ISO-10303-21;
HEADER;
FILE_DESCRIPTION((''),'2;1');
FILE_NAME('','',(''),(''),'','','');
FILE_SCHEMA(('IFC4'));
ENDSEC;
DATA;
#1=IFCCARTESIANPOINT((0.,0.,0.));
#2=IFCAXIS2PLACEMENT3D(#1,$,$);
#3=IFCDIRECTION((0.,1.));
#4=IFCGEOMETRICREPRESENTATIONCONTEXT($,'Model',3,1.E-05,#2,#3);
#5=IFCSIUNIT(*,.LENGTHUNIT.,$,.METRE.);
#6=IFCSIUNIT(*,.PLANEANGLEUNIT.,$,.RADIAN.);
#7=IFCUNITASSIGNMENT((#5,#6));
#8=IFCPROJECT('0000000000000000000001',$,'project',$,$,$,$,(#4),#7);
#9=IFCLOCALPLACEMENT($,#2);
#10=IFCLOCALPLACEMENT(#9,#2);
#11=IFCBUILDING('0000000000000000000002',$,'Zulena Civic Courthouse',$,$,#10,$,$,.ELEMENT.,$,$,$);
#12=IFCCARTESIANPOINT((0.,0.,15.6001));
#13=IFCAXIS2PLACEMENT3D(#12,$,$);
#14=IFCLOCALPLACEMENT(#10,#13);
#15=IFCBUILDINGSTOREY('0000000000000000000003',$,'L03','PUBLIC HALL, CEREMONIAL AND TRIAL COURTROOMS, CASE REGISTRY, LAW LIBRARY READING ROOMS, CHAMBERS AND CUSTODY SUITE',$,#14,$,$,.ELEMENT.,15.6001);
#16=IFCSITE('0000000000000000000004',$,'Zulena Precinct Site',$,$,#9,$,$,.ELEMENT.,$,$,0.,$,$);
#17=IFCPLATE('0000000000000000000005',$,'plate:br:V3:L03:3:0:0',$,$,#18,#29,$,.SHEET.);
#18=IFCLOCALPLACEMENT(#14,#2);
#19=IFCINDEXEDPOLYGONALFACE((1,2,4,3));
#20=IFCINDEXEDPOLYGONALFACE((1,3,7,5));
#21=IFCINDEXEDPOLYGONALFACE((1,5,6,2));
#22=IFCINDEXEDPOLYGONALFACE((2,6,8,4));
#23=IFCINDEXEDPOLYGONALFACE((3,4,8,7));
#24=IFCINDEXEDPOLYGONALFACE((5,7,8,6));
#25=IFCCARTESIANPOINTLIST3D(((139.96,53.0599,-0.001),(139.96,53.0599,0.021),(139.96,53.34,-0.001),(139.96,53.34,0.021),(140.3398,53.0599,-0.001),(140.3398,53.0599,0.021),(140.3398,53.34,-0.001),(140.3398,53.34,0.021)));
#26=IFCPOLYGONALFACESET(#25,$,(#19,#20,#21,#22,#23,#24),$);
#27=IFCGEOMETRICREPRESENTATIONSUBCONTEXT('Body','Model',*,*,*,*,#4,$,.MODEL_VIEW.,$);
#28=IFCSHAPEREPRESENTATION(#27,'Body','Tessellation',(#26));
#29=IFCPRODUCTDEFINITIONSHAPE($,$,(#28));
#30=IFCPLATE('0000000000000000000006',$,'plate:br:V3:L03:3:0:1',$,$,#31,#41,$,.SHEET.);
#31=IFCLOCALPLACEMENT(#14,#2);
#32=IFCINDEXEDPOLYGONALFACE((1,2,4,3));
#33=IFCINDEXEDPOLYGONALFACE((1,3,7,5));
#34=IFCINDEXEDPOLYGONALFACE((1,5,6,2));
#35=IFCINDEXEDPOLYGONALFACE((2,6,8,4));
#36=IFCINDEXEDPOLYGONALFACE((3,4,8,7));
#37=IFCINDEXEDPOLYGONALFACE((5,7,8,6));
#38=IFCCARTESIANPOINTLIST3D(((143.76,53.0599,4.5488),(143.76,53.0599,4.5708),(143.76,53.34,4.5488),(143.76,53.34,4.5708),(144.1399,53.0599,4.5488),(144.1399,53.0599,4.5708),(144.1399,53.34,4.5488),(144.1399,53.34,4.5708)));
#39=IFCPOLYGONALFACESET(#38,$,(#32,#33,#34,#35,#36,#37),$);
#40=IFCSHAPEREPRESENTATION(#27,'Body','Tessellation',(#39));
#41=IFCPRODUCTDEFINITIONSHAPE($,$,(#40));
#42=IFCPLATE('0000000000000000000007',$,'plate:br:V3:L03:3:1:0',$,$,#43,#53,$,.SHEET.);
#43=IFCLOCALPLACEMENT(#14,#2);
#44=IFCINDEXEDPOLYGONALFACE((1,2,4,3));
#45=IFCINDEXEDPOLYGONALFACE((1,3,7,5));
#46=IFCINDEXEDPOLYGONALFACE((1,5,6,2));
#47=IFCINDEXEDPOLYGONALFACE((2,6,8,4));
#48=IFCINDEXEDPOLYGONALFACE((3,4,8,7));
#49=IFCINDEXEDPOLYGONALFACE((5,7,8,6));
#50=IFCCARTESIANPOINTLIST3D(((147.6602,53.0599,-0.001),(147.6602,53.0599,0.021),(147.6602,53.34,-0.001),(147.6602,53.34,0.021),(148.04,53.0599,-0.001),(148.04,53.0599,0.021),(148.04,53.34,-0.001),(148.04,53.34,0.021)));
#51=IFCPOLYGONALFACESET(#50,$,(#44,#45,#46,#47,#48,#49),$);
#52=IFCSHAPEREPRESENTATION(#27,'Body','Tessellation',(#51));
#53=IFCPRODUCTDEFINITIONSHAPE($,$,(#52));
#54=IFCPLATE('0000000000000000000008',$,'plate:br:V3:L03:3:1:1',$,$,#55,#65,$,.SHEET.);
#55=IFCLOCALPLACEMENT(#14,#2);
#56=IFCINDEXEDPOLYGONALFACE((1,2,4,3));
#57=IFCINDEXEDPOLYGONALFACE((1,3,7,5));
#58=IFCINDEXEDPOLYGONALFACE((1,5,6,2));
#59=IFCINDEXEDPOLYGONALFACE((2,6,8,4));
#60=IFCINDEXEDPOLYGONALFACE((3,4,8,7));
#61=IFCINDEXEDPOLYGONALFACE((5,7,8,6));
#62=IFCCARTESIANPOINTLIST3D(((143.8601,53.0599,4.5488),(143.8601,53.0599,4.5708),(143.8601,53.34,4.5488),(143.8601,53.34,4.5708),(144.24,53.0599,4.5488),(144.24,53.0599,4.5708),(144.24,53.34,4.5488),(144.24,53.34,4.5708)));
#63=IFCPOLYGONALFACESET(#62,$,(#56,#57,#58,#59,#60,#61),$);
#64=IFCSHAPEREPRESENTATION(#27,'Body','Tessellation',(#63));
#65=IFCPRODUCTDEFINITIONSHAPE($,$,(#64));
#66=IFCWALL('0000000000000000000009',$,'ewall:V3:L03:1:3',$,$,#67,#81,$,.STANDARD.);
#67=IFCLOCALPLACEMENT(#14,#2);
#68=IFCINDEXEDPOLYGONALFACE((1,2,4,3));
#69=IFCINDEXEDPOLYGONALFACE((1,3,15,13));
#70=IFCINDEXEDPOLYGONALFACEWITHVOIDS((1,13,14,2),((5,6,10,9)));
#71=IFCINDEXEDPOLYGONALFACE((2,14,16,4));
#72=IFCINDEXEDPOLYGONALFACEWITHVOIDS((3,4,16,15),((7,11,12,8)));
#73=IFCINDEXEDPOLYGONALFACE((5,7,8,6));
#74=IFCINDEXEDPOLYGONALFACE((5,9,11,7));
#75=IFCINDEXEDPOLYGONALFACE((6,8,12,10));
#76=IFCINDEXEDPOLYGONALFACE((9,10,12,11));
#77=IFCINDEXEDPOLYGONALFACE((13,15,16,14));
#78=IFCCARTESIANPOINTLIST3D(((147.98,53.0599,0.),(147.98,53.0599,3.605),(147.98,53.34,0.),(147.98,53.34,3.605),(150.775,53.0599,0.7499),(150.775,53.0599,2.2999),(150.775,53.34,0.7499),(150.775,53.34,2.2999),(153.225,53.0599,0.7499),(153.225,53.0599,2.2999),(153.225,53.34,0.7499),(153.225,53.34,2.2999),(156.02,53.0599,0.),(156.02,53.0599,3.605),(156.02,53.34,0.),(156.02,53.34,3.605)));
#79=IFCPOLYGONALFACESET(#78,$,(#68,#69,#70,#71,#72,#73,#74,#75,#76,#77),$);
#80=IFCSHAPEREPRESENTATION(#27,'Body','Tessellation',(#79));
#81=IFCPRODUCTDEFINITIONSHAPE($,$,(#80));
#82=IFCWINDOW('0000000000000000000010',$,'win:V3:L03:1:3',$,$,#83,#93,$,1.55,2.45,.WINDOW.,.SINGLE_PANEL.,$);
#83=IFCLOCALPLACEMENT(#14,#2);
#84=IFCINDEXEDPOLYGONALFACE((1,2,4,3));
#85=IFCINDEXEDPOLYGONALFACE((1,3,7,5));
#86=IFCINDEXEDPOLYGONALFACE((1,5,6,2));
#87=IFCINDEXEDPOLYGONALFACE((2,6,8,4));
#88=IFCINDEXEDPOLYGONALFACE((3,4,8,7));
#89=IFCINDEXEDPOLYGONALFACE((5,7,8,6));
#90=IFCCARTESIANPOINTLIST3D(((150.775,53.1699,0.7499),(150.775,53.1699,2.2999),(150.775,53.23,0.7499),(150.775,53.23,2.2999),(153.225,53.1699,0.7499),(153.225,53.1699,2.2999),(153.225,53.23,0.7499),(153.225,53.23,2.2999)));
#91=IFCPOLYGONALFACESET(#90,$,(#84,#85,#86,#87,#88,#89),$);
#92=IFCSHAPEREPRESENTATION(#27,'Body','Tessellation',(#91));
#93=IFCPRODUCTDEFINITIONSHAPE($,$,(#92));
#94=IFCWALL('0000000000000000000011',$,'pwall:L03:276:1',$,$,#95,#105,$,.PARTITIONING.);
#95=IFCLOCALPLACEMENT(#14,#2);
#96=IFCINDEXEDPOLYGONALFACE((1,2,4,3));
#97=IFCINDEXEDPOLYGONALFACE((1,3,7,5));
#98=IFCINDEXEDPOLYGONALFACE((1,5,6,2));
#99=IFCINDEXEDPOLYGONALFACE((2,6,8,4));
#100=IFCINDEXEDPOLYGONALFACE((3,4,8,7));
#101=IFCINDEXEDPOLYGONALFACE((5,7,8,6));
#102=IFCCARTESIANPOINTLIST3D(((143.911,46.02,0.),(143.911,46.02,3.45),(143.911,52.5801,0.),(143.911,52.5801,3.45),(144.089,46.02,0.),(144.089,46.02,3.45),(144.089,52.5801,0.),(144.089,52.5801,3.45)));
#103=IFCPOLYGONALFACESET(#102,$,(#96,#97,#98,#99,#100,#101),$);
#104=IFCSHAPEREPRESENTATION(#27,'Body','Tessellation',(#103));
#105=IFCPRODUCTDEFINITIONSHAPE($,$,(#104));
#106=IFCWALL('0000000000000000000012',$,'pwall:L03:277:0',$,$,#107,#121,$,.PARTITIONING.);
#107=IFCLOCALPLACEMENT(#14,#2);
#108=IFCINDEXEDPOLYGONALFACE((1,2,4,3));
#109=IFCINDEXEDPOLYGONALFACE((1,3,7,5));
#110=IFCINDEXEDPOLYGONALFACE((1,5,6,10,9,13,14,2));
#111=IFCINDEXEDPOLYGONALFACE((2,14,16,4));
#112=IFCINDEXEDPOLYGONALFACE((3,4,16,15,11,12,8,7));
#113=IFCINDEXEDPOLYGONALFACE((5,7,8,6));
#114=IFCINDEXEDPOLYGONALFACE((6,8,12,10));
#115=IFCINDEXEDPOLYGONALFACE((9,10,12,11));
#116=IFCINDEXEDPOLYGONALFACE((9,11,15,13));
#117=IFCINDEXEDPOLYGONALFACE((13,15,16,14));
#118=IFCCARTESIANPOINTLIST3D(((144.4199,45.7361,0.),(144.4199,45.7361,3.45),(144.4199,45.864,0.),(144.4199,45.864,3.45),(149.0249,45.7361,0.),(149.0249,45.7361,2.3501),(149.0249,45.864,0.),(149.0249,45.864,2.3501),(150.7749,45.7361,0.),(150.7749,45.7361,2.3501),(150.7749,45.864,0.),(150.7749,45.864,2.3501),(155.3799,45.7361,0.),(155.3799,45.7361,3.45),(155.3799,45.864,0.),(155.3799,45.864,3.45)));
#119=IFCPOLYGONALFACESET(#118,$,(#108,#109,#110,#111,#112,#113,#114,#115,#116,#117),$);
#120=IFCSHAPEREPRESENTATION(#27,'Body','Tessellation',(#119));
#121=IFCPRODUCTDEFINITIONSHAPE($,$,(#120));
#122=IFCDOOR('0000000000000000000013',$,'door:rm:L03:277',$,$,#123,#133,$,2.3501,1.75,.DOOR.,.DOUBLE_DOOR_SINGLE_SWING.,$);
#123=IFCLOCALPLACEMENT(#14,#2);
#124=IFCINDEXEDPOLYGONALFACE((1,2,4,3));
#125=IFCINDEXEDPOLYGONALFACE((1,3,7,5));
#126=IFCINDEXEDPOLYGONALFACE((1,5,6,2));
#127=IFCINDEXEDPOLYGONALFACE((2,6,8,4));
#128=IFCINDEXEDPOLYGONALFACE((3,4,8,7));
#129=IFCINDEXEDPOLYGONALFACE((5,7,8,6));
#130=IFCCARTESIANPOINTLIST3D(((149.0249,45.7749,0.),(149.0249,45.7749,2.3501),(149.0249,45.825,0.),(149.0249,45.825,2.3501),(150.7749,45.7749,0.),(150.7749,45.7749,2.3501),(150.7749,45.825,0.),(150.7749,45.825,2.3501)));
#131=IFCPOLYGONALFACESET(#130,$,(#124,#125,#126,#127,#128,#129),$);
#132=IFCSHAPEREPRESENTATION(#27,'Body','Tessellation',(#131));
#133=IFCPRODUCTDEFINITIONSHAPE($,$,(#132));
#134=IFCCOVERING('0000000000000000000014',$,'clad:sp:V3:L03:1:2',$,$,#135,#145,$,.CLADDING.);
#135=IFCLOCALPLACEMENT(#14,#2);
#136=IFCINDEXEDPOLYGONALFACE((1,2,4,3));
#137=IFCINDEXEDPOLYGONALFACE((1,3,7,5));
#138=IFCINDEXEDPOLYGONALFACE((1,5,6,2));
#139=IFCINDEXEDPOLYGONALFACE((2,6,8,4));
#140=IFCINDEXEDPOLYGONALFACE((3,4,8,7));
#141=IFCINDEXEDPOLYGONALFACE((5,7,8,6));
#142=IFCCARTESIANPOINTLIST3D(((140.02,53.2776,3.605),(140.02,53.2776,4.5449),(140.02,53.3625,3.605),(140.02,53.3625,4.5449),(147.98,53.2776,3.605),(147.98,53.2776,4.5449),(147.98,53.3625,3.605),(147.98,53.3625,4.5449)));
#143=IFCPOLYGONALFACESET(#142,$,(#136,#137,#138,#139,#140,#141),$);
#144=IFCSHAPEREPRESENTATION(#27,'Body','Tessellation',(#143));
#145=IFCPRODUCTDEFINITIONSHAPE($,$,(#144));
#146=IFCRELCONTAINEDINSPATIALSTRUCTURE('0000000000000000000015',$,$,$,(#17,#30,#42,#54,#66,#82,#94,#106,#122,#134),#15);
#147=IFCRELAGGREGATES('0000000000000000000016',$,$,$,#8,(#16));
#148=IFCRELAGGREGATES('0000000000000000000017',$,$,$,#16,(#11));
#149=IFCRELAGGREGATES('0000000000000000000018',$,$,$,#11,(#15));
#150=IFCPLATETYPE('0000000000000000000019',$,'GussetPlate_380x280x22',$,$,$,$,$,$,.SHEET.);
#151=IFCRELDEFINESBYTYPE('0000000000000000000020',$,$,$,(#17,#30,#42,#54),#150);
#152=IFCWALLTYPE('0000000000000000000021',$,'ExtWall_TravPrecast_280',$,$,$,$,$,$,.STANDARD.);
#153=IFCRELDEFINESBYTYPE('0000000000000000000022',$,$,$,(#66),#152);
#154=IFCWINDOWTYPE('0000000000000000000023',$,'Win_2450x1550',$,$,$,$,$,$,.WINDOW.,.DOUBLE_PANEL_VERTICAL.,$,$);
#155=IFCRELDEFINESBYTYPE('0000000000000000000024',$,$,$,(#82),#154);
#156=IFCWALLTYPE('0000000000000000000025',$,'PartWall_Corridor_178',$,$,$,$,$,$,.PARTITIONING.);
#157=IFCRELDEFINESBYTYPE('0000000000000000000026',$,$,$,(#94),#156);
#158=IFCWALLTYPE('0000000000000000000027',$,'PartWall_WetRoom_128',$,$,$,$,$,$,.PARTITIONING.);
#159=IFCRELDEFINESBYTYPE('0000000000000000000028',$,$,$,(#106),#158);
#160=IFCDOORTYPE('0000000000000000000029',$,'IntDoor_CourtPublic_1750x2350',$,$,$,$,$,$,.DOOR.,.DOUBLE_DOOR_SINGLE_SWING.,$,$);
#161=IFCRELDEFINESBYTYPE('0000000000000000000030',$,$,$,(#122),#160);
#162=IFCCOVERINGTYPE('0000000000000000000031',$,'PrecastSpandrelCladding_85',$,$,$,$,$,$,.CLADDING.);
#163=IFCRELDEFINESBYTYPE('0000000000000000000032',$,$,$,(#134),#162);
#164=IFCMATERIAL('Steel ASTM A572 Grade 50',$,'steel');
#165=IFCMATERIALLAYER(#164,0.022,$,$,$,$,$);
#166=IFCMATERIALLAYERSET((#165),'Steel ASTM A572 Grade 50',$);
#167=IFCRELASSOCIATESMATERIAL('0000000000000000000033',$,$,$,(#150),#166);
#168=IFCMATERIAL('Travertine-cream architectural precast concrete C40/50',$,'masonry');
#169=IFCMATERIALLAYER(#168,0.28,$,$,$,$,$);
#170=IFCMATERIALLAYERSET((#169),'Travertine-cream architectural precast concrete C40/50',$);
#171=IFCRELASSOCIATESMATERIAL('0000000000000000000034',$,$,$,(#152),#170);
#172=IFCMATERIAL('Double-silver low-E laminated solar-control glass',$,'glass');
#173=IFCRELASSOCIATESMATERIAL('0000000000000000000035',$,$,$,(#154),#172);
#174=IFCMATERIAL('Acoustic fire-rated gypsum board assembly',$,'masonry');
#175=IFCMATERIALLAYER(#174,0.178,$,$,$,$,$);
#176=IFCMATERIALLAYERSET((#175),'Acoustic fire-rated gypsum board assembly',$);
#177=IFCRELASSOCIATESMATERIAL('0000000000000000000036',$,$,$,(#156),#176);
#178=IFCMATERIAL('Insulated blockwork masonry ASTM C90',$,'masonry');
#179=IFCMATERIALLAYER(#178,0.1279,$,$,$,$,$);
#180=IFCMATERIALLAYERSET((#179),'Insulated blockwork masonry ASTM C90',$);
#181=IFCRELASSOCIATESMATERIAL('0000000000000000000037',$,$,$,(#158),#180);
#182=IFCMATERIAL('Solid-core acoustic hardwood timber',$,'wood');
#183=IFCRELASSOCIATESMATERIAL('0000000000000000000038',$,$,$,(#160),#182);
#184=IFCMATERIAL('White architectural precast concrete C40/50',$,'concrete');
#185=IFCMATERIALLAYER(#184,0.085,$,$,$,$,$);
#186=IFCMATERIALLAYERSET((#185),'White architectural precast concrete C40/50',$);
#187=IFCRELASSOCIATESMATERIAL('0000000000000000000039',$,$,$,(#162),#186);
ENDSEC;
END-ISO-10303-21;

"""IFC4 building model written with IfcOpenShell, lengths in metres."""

from ifc_helpers import new_model, si_unit, direction, frame, frame_2d, origin, origin_2d, place, context, subcontext, project, spatial, rectangle, extrude, material, layer, layer_set, type_object, element, fill, save


model = new_model("IFC4")

# Units and contexts
model_context = context("Model", 3, precision=1e-05, world=origin(), true_north=direction((0.0, 1.0)))
body_context = subcontext(model_context, "Body", "Model", "MODEL_VIEW")
ifc_project = project(units=[si_unit("LENGTHUNIT", "METRE"), si_unit("PLANEANGLEUNIT", "RADIAN")], contexts=[model_context])

# Site, building, storey
site_placement = place(None, origin())
site = spatial("IfcSite", under=ifc_project, at=site_placement, Name="Zulena Precinct Site", CompositionType="ELEMENT", RefElevation=0.0)
building_placement = place(site_placement, origin())
building = spatial("IfcBuilding", under=site, at=building_placement, Name="Zulena Civic Courthouse", CompositionType="ELEMENT")
storey_placement = place(building_placement, frame((0.0, 0.0, 15.6001)))
storey = spatial("IfcBuildingStorey", under=building, at=storey_placement, Name="L03", Description="PUBLIC HALL, CEREMONIAL AND TRIAL COURTROOMS, CASE REGISTRY, LAW LIBRARY READING ROOMS, CHAMBERS AND CUSTODY SUITE", CompositionType="ELEMENT", Elevation=15.6001)

# Plates
ifc_material_1 = material(Name="Steel ASTM A572 Grade 50", Category="steel")
ifc_layer_1 = layer(ifc_material_1, 0.022)
ifc_layer_set_1 = layer_set([ifc_layer_1], Name="Steel ASTM A572 Grade 50")
plate_type = type_object("IfcPlateType", Name="GussetPlate_380x280x22", PredefinedType="SHEET", material=ifc_layer_set_1)
for number, where, z_axis, x_axis, name in (
    (1, (140.1499, 53.2, -0.001), (0.0, 0.0, 1.0), (1.0, 0.0, 0.0), "plate:br:V3:L03:3:0:0"),
    (2, (143.95, 53.2, 4.5488), (0.0, 0.0, 1.0), (1.0, 0.0, 0.0), "plate:br:V3:L03:3:0:1"),
    (3, (147.8501, 53.2, -0.001), (0.0, 0.0, 1.0), (1.0, 0.0, 0.0), "plate:br:V3:L03:3:1:0"),
    (4, (144.05, 53.2, 4.5488), (0.0, 0.0, 1.0), (1.0, 0.0, 0.0), "plate:br:V3:L03:3:1:1"),
):
    element("IfcPlate", number, at=place(storey_placement, frame(where, z_axis=z_axis, x_axis=x_axis)), inside=storey, type_object=plate_type, Name=name, PredefinedType="SHEET", context=body_context, shape_type="SweptSolid", body=[
        extrude(rectangle(XDim=0.3799, YDim=0.28, at=origin_2d()), origin(), (0.0, 0.0, 1.0), 0.022),
    ])

# Wall, opening, window
ifc_material_2 = material(Name="Travertine-cream architectural precast concrete C40/50", Category="masonry")
ifc_layer_2 = layer(ifc_material_2, 0.28)
ifc_layer_set_2 = layer_set([ifc_layer_2], Name="Travertine-cream architectural precast concrete C40/50")
wall_type_1 = type_object("IfcWallType", Name="ExtWall_TravPrecast_280", PredefinedType="STANDARD", material=ifc_layer_set_2)
wall_1_placement = place(storey_placement, frame((147.98, 53.2, 0.0), z_axis=(0.0, 0.0, 1.0), x_axis=(1.0, 0.0, 0.0)))
wall_1 = element("IfcWall", 5, at=wall_1_placement, inside=storey, type_object=wall_type_1, Name="ewall:V3:L03:1:3", PredefinedType="STANDARD", context=body_context, shape_type="SweptSolid", body=[
    extrude(rectangle(XDim=8.04, YDim=0.28, at=frame_2d((4.02, 0.0))), origin(), (0.0, 0.0, 1.0), 3.605),
])
opening_1_placement = place(wall_1_placement, frame((2.7949, 0.0, 0.75)))
opening_1 = element("IfcOpeningElement", 6, at=opening_1_placement, cuts=wall_1, PredefinedType="OPENING", context=body_context, shape_type="SweptSolid", body=[
    extrude(rectangle(XDim=2.45, YDim=1.55, at=frame_2d((1.2251, 0.7749))), frame((0.0, 0.1499, 0.0), z_axis=(0.0, -1.0, 0.0), x_axis=(1.0, 0.0, 0.0)), (0.0, 0.0, 1.0), 0.3),
])
ifc_material_3 = material(Name="Double-silver low-E laminated solar-control glass", Category="glass")
window_type = type_object("IfcWindowType", Name="Win_2450x1550", PartitioningType="DOUBLE_PANEL_VERTICAL", PredefinedType="WINDOW", material=ifc_material_3)
window_placement = place(opening_1_placement, origin())
window = element("IfcWindow", 7, at=window_placement, inside=storey, type_object=window_type, Name="win:V3:L03:1:3", OverallHeight=1.55, OverallWidth=2.45, PartitioningType="SINGLE_PANEL", PredefinedType="WINDOW", context=body_context, shape_type="SweptSolid", body=[
    extrude(rectangle(XDim=2.45, YDim=1.55, at=frame_2d((1.2251, 0.7749))), frame((0.0, 0.03, 0.0), z_axis=(0.0, -1.0, 0.0), x_axis=(1.0, 0.0, 0.0)), (0.0, 0.0, 1.0), 0.0601),
])
fill(opening_1, window)

# Wall
ifc_material_4 = material(Name="Acoustic fire-rated gypsum board assembly", Category="masonry")
ifc_layer_3 = layer(ifc_material_4, 0.178)
ifc_layer_set_3 = layer_set([ifc_layer_3], Name="Acoustic fire-rated gypsum board assembly")
wall_type_2 = type_object("IfcWallType", Name="PartWall_Corridor_178", PredefinedType="PARTITIONING", material=ifc_layer_set_3)
wall_2_placement = place(storey_placement, frame((144.0, 46.02, 0.0), z_axis=(0.0, 0.0, 1.0), x_axis=(0.0, 1.0, 0.0)))
element("IfcWall", 8, at=wall_2_placement, inside=storey, type_object=wall_type_2, Name="pwall:L03:276:1", PredefinedType="PARTITIONING", context=body_context, shape_type="SweptSolid", body=[
    extrude(rectangle(XDim=6.5601, YDim=0.178, at=frame_2d((3.28, 0.0))), origin(), (0.0, 0.0, 1.0), 3.45),
])

# Wall, opening, door
ifc_material_5 = material(Name="Insulated blockwork masonry ASTM C90", Category="masonry")
ifc_layer_4 = layer(ifc_material_5, 0.1279)
ifc_layer_set_4 = layer_set([ifc_layer_4], Name="Insulated blockwork masonry ASTM C90")
wall_type_3 = type_object("IfcWallType", Name="PartWall_WetRoom_128", PredefinedType="PARTITIONING", material=ifc_layer_set_4)
wall_3_placement = place(storey_placement, frame((144.4199, 45.8, 0.0), z_axis=(0.0, 0.0, 1.0), x_axis=(1.0, 0.0, 0.0)))
wall_3 = element("IfcWall", 9, at=wall_3_placement, inside=storey, type_object=wall_type_3, Name="pwall:L03:277:0", PredefinedType="PARTITIONING", context=body_context, shape_type="SweptSolid", body=[
    extrude(rectangle(XDim=10.96, YDim=0.1279, at=frame_2d((5.48, 0.0))), origin(), (0.0, 0.0, 1.0), 3.45),
])
opening_2_placement = place(wall_3_placement, frame((4.605, 0.0, 0.0)))
opening_2 = element("IfcOpeningElement", 10, at=opening_2_placement, cuts=wall_3, PredefinedType="OPENING", context=body_context, shape_type="SweptSolid", body=[
    extrude(rectangle(XDim=1.75, YDim=2.3501, at=frame_2d((0.875, 1.175))), frame((0.0, 0.074, 0.0), z_axis=(0.0, -1.0, 0.0), x_axis=(1.0, 0.0, 0.0)), (0.0, 0.0, 1.0), 0.1479),
])
ifc_material_6 = material(Name="Solid-core acoustic hardwood timber", Category="wood")
door_type = type_object("IfcDoorType", Name="IntDoor_CourtPublic_1750x2350", OperationType="DOUBLE_DOOR_SINGLE_SWING", PredefinedType="DOOR", material=ifc_material_6)
door_placement = place(opening_2_placement, origin())
door = element("IfcDoor", 11, at=door_placement, inside=storey, type_object=door_type, Name="door:rm:L03:277", OperationType="DOUBLE_DOOR_SINGLE_SWING", OverallHeight=2.3501, OverallWidth=1.75, PredefinedType="DOOR", context=body_context, shape_type="SweptSolid", body=[
    extrude(rectangle(XDim=1.75, YDim=2.3501, at=frame_2d((0.875, 1.175))), frame((0.0, 0.0249, 0.0), z_axis=(0.0, -1.0, 0.0), x_axis=(1.0, 0.0, 0.0)), (0.0, 0.0, 1.0), 0.05),
])
fill(opening_2, door)

# Covering
ifc_material_7 = material(Name="White architectural precast concrete C40/50", Category="concrete")
ifc_layer_5 = layer(ifc_material_7, 0.085)
ifc_layer_set_5 = layer_set([ifc_layer_5], Name="White architectural precast concrete C40/50")
covering_type = type_object("IfcCoveringType", Name="PrecastSpandrelCladding_85", PredefinedType="CLADDING", material=ifc_layer_set_5)
covering_placement = place(storey_placement, frame((144.0, 53.3201, 3.605), z_axis=(0.0, 0.0, 1.0), x_axis=(1.0, 0.0, 0.0)))
element("IfcCovering", 12, at=covering_placement, inside=storey, type_object=covering_type, Name="clad:sp:V3:L03:1:2", PredefinedType="CLADDING", context=body_context, shape_type="SweptSolid", body=[
    extrude(rectangle(XDim=7.96, YDim=0.085, at=origin_2d()), origin(), (0.0, 0.0, 1.0), 0.9399),
])

save(model, "model.ifc")
